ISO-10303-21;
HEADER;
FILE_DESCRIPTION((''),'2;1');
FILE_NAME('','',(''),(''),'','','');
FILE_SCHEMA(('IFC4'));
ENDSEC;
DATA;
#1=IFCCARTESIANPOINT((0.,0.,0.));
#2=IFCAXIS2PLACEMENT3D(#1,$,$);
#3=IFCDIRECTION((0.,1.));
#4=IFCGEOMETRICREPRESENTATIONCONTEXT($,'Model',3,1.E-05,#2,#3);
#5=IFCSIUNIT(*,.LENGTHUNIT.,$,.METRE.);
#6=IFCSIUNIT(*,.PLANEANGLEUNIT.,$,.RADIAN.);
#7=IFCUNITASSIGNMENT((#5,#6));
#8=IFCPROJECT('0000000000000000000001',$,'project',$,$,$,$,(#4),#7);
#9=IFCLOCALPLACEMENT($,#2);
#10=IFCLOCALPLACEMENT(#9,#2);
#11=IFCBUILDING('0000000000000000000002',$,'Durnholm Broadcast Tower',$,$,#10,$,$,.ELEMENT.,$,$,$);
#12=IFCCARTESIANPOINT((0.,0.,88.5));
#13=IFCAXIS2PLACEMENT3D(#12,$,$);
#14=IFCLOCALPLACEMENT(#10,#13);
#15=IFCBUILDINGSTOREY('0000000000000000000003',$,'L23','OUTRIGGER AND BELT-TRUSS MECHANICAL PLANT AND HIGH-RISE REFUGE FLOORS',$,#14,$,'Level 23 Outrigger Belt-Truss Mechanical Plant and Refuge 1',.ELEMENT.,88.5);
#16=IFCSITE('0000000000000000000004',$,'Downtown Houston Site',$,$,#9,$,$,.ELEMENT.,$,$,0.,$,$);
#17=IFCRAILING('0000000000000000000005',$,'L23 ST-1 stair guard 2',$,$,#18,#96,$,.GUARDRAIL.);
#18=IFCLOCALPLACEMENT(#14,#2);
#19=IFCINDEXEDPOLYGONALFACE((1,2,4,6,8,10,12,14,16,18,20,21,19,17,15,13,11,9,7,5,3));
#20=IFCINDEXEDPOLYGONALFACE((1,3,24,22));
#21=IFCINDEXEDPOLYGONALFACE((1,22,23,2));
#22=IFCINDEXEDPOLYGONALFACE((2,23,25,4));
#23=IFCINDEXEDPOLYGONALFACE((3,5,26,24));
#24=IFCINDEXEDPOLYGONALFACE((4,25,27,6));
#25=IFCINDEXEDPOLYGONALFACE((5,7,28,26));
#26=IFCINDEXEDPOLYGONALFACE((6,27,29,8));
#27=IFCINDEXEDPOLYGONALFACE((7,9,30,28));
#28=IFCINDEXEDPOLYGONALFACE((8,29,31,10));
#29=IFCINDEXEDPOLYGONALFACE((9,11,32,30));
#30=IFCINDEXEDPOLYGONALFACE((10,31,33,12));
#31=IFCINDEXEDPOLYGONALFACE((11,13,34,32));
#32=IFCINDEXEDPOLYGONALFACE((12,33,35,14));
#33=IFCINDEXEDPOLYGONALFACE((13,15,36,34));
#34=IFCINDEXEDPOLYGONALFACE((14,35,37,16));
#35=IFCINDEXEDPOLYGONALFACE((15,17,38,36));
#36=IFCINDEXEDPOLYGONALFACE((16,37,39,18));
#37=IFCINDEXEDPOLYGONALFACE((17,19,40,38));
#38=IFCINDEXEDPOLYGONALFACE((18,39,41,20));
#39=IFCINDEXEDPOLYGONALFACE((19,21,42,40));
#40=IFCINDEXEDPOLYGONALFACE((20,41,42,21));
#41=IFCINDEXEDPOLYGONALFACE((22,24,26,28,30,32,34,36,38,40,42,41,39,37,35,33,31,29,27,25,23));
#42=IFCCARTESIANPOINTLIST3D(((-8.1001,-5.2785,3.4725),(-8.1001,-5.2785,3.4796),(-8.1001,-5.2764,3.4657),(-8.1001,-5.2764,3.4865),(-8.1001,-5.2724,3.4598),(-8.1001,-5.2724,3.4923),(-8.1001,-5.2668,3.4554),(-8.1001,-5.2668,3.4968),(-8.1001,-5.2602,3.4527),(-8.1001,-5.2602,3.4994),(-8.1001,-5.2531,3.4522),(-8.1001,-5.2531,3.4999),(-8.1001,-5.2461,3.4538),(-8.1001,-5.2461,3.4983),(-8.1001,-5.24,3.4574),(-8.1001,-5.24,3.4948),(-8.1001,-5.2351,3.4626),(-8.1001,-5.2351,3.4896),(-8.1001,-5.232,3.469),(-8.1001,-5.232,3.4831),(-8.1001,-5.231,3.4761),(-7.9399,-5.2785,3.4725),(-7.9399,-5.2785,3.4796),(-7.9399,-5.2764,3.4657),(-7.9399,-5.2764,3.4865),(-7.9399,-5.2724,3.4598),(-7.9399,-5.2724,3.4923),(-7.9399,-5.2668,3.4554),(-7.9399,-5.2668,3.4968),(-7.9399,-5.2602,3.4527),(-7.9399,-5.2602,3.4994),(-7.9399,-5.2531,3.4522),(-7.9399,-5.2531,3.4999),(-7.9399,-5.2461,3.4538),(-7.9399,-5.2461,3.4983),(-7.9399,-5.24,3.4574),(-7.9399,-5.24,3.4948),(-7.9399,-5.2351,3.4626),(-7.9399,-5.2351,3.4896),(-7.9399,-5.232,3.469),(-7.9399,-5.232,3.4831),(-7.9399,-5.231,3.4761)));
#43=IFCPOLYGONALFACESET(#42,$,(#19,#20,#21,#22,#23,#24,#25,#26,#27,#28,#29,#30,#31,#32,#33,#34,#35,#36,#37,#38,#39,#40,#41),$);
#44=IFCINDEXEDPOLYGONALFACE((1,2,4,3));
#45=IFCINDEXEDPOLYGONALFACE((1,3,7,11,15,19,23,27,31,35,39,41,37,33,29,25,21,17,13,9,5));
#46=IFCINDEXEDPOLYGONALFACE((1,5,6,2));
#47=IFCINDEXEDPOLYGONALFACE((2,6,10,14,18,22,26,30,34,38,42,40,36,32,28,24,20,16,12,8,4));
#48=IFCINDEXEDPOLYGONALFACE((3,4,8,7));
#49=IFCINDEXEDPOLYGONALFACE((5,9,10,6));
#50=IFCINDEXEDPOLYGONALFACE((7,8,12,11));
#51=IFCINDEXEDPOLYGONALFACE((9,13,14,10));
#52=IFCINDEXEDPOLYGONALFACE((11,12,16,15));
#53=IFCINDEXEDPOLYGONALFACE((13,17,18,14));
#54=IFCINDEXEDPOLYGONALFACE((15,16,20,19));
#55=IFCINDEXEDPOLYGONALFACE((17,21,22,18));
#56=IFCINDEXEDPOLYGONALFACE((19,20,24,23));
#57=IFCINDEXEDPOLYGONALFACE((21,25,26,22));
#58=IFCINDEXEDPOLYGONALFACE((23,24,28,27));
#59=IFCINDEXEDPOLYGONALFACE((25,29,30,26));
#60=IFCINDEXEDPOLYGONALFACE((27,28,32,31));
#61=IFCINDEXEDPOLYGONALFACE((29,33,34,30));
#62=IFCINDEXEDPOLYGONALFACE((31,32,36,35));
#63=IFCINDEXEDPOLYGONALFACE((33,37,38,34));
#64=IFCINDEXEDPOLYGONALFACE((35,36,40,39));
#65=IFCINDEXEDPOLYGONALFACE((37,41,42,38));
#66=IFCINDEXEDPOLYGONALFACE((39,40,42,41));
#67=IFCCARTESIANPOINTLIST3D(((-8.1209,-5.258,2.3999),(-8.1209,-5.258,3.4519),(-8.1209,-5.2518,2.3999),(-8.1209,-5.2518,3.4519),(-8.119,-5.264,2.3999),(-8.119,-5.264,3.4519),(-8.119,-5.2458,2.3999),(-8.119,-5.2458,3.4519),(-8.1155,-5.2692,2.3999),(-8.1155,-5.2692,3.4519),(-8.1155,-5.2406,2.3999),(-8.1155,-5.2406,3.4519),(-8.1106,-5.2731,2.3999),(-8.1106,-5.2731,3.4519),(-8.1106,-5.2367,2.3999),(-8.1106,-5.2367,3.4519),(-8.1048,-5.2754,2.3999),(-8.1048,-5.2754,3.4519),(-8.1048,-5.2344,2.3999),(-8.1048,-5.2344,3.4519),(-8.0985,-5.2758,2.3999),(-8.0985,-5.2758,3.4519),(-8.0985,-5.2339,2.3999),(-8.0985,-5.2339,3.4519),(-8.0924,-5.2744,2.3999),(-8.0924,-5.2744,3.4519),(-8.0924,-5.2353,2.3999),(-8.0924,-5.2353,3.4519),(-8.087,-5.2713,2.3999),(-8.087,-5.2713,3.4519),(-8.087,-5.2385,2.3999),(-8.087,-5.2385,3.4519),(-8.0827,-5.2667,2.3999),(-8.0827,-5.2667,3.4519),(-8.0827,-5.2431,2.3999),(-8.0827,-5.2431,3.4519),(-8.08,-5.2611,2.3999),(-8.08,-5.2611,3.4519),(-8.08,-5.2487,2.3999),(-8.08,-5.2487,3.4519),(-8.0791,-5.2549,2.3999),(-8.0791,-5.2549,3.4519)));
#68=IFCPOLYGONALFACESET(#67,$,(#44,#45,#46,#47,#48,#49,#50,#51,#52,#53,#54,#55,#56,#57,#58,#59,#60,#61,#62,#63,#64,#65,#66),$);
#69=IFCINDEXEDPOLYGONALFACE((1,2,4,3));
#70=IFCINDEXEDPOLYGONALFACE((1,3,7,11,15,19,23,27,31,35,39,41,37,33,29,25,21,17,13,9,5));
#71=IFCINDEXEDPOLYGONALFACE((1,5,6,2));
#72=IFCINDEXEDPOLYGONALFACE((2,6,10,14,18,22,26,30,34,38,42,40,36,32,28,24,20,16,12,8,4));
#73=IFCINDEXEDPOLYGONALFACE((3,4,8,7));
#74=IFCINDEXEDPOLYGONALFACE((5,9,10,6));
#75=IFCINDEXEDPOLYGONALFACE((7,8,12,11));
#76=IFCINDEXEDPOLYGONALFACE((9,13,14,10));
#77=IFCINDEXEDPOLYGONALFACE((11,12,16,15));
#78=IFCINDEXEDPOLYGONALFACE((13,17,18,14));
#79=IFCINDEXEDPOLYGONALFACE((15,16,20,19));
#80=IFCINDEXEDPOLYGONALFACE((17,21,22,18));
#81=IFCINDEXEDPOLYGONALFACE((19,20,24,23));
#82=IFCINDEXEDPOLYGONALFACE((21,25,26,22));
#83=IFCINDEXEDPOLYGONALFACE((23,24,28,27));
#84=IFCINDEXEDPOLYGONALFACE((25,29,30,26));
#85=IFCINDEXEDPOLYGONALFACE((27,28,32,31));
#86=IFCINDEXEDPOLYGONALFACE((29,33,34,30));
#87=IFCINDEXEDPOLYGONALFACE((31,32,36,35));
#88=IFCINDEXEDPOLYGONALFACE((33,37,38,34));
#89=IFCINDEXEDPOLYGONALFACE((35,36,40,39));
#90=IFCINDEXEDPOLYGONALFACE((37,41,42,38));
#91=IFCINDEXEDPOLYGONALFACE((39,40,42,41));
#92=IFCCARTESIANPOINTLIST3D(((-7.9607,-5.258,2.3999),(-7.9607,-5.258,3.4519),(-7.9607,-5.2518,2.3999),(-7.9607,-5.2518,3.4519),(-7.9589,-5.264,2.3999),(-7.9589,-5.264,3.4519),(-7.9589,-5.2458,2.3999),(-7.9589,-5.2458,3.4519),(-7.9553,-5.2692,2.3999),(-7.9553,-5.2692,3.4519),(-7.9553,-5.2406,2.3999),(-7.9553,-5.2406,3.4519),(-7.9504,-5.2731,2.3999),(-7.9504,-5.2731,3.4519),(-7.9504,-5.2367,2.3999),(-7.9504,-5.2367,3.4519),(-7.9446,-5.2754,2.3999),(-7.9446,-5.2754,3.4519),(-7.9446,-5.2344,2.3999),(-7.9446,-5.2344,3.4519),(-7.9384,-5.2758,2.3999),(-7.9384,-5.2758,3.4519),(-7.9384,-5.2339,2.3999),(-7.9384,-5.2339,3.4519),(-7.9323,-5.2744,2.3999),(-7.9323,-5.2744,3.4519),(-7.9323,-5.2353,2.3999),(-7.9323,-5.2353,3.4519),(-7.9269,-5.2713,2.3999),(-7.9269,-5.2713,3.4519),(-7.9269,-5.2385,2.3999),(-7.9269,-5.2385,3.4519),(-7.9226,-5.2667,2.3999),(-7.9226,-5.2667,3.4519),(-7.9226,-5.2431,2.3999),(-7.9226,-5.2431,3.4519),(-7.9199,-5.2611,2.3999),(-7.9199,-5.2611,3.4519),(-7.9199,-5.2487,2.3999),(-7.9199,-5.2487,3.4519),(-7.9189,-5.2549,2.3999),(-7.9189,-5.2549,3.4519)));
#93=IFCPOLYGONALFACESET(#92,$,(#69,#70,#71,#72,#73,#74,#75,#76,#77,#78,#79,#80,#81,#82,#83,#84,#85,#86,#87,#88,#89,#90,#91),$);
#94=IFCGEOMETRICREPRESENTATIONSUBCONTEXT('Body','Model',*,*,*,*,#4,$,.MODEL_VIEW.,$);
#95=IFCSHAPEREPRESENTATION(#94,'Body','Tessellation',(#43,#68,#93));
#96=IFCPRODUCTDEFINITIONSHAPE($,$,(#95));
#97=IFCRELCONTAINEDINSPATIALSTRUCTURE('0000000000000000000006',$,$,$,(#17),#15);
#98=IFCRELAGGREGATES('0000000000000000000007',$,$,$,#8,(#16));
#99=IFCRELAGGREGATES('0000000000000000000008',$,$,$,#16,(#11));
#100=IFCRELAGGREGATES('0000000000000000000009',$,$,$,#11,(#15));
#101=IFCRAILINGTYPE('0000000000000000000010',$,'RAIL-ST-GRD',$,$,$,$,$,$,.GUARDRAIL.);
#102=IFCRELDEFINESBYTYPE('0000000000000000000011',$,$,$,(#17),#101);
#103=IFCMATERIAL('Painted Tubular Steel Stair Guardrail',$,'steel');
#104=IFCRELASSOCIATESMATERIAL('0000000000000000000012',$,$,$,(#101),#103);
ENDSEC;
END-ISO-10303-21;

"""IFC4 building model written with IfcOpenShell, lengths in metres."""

from ifc_helpers import new_model, si_unit, direction, frame, origin, origin_2d, place, context, subcontext, project, spatial, circle, extrude, material, type_object, element, save


model = new_model("IFC4")

# Units and contexts
model_context = context("Model", 3, precision=1e-05, world=origin(), true_north=direction((0.0, 1.0)))
body_context = subcontext(model_context, "Body", "Model", "MODEL_VIEW")
ifc_project = project(units=[si_unit("LENGTHUNIT", "METRE"), si_unit("PLANEANGLEUNIT", "RADIAN")], contexts=[model_context])

# Site, building, storey
site_placement = place(None, origin())
site = spatial("IfcSite", under=ifc_project, at=site_placement, Name="Downtown Houston Site", CompositionType="ELEMENT", RefElevation=0.0)
building_placement = place(site_placement, origin())
building = spatial("IfcBuilding", under=site, at=building_placement, Name="Durnholm Broadcast Tower", CompositionType="ELEMENT")
storey_placement = place(building_placement, frame((0.0, 0.0, 88.5)))
storey = spatial("IfcBuildingStorey", under=building, at=storey_placement, Name="L23", Description="OUTRIGGER AND BELT-TRUSS MECHANICAL PLANT AND HIGH-RISE REFUGE FLOORS", LongName="Level 23 Outrigger Belt-Truss Mechanical Plant and Refuge 1", CompositionType="ELEMENT", Elevation=88.5)

# Railing
ifc_material_1 = material(Name="Painted Tubular Steel Stair Guardrail", Category="steel")
railing_type_1 = type_object("IfcRailingType", Name="RAIL-ST-GRD", PredefinedType="GUARDRAIL", material=ifc_material_1)
railing_1_placement = place(storey_placement, frame((-8.1001, -5.2549, 2.3999)))
element("IfcRailing", 1, at=railing_1_placement, inside=storey, type_object=railing_type_1, Name="L23 ST-1 stair guard 2", PredefinedType="GUARDRAIL", context=body_context, shape_type="SweptSolid", body=[
    extrude(circle(Radius=0.0239, at=origin_2d()), frame((0.0, 0.0, 1.0762), z_axis=(1.0, 0.0, 0.0), x_axis=(0.0, 1.0, 0.0)), (0.0, 0.0, 1.0), 0.1602),
    extrude(circle(Radius=0.021, at=origin_2d()), origin(), (0.0, 0.0, 1.0), 1.052),
    extrude(circle(Radius=0.021, at=origin_2d()), frame((0.1602, 0.0, 0.0)), (0.0, 0.0, 1.0), 1.052),
])

save(model, "model.ifc")
